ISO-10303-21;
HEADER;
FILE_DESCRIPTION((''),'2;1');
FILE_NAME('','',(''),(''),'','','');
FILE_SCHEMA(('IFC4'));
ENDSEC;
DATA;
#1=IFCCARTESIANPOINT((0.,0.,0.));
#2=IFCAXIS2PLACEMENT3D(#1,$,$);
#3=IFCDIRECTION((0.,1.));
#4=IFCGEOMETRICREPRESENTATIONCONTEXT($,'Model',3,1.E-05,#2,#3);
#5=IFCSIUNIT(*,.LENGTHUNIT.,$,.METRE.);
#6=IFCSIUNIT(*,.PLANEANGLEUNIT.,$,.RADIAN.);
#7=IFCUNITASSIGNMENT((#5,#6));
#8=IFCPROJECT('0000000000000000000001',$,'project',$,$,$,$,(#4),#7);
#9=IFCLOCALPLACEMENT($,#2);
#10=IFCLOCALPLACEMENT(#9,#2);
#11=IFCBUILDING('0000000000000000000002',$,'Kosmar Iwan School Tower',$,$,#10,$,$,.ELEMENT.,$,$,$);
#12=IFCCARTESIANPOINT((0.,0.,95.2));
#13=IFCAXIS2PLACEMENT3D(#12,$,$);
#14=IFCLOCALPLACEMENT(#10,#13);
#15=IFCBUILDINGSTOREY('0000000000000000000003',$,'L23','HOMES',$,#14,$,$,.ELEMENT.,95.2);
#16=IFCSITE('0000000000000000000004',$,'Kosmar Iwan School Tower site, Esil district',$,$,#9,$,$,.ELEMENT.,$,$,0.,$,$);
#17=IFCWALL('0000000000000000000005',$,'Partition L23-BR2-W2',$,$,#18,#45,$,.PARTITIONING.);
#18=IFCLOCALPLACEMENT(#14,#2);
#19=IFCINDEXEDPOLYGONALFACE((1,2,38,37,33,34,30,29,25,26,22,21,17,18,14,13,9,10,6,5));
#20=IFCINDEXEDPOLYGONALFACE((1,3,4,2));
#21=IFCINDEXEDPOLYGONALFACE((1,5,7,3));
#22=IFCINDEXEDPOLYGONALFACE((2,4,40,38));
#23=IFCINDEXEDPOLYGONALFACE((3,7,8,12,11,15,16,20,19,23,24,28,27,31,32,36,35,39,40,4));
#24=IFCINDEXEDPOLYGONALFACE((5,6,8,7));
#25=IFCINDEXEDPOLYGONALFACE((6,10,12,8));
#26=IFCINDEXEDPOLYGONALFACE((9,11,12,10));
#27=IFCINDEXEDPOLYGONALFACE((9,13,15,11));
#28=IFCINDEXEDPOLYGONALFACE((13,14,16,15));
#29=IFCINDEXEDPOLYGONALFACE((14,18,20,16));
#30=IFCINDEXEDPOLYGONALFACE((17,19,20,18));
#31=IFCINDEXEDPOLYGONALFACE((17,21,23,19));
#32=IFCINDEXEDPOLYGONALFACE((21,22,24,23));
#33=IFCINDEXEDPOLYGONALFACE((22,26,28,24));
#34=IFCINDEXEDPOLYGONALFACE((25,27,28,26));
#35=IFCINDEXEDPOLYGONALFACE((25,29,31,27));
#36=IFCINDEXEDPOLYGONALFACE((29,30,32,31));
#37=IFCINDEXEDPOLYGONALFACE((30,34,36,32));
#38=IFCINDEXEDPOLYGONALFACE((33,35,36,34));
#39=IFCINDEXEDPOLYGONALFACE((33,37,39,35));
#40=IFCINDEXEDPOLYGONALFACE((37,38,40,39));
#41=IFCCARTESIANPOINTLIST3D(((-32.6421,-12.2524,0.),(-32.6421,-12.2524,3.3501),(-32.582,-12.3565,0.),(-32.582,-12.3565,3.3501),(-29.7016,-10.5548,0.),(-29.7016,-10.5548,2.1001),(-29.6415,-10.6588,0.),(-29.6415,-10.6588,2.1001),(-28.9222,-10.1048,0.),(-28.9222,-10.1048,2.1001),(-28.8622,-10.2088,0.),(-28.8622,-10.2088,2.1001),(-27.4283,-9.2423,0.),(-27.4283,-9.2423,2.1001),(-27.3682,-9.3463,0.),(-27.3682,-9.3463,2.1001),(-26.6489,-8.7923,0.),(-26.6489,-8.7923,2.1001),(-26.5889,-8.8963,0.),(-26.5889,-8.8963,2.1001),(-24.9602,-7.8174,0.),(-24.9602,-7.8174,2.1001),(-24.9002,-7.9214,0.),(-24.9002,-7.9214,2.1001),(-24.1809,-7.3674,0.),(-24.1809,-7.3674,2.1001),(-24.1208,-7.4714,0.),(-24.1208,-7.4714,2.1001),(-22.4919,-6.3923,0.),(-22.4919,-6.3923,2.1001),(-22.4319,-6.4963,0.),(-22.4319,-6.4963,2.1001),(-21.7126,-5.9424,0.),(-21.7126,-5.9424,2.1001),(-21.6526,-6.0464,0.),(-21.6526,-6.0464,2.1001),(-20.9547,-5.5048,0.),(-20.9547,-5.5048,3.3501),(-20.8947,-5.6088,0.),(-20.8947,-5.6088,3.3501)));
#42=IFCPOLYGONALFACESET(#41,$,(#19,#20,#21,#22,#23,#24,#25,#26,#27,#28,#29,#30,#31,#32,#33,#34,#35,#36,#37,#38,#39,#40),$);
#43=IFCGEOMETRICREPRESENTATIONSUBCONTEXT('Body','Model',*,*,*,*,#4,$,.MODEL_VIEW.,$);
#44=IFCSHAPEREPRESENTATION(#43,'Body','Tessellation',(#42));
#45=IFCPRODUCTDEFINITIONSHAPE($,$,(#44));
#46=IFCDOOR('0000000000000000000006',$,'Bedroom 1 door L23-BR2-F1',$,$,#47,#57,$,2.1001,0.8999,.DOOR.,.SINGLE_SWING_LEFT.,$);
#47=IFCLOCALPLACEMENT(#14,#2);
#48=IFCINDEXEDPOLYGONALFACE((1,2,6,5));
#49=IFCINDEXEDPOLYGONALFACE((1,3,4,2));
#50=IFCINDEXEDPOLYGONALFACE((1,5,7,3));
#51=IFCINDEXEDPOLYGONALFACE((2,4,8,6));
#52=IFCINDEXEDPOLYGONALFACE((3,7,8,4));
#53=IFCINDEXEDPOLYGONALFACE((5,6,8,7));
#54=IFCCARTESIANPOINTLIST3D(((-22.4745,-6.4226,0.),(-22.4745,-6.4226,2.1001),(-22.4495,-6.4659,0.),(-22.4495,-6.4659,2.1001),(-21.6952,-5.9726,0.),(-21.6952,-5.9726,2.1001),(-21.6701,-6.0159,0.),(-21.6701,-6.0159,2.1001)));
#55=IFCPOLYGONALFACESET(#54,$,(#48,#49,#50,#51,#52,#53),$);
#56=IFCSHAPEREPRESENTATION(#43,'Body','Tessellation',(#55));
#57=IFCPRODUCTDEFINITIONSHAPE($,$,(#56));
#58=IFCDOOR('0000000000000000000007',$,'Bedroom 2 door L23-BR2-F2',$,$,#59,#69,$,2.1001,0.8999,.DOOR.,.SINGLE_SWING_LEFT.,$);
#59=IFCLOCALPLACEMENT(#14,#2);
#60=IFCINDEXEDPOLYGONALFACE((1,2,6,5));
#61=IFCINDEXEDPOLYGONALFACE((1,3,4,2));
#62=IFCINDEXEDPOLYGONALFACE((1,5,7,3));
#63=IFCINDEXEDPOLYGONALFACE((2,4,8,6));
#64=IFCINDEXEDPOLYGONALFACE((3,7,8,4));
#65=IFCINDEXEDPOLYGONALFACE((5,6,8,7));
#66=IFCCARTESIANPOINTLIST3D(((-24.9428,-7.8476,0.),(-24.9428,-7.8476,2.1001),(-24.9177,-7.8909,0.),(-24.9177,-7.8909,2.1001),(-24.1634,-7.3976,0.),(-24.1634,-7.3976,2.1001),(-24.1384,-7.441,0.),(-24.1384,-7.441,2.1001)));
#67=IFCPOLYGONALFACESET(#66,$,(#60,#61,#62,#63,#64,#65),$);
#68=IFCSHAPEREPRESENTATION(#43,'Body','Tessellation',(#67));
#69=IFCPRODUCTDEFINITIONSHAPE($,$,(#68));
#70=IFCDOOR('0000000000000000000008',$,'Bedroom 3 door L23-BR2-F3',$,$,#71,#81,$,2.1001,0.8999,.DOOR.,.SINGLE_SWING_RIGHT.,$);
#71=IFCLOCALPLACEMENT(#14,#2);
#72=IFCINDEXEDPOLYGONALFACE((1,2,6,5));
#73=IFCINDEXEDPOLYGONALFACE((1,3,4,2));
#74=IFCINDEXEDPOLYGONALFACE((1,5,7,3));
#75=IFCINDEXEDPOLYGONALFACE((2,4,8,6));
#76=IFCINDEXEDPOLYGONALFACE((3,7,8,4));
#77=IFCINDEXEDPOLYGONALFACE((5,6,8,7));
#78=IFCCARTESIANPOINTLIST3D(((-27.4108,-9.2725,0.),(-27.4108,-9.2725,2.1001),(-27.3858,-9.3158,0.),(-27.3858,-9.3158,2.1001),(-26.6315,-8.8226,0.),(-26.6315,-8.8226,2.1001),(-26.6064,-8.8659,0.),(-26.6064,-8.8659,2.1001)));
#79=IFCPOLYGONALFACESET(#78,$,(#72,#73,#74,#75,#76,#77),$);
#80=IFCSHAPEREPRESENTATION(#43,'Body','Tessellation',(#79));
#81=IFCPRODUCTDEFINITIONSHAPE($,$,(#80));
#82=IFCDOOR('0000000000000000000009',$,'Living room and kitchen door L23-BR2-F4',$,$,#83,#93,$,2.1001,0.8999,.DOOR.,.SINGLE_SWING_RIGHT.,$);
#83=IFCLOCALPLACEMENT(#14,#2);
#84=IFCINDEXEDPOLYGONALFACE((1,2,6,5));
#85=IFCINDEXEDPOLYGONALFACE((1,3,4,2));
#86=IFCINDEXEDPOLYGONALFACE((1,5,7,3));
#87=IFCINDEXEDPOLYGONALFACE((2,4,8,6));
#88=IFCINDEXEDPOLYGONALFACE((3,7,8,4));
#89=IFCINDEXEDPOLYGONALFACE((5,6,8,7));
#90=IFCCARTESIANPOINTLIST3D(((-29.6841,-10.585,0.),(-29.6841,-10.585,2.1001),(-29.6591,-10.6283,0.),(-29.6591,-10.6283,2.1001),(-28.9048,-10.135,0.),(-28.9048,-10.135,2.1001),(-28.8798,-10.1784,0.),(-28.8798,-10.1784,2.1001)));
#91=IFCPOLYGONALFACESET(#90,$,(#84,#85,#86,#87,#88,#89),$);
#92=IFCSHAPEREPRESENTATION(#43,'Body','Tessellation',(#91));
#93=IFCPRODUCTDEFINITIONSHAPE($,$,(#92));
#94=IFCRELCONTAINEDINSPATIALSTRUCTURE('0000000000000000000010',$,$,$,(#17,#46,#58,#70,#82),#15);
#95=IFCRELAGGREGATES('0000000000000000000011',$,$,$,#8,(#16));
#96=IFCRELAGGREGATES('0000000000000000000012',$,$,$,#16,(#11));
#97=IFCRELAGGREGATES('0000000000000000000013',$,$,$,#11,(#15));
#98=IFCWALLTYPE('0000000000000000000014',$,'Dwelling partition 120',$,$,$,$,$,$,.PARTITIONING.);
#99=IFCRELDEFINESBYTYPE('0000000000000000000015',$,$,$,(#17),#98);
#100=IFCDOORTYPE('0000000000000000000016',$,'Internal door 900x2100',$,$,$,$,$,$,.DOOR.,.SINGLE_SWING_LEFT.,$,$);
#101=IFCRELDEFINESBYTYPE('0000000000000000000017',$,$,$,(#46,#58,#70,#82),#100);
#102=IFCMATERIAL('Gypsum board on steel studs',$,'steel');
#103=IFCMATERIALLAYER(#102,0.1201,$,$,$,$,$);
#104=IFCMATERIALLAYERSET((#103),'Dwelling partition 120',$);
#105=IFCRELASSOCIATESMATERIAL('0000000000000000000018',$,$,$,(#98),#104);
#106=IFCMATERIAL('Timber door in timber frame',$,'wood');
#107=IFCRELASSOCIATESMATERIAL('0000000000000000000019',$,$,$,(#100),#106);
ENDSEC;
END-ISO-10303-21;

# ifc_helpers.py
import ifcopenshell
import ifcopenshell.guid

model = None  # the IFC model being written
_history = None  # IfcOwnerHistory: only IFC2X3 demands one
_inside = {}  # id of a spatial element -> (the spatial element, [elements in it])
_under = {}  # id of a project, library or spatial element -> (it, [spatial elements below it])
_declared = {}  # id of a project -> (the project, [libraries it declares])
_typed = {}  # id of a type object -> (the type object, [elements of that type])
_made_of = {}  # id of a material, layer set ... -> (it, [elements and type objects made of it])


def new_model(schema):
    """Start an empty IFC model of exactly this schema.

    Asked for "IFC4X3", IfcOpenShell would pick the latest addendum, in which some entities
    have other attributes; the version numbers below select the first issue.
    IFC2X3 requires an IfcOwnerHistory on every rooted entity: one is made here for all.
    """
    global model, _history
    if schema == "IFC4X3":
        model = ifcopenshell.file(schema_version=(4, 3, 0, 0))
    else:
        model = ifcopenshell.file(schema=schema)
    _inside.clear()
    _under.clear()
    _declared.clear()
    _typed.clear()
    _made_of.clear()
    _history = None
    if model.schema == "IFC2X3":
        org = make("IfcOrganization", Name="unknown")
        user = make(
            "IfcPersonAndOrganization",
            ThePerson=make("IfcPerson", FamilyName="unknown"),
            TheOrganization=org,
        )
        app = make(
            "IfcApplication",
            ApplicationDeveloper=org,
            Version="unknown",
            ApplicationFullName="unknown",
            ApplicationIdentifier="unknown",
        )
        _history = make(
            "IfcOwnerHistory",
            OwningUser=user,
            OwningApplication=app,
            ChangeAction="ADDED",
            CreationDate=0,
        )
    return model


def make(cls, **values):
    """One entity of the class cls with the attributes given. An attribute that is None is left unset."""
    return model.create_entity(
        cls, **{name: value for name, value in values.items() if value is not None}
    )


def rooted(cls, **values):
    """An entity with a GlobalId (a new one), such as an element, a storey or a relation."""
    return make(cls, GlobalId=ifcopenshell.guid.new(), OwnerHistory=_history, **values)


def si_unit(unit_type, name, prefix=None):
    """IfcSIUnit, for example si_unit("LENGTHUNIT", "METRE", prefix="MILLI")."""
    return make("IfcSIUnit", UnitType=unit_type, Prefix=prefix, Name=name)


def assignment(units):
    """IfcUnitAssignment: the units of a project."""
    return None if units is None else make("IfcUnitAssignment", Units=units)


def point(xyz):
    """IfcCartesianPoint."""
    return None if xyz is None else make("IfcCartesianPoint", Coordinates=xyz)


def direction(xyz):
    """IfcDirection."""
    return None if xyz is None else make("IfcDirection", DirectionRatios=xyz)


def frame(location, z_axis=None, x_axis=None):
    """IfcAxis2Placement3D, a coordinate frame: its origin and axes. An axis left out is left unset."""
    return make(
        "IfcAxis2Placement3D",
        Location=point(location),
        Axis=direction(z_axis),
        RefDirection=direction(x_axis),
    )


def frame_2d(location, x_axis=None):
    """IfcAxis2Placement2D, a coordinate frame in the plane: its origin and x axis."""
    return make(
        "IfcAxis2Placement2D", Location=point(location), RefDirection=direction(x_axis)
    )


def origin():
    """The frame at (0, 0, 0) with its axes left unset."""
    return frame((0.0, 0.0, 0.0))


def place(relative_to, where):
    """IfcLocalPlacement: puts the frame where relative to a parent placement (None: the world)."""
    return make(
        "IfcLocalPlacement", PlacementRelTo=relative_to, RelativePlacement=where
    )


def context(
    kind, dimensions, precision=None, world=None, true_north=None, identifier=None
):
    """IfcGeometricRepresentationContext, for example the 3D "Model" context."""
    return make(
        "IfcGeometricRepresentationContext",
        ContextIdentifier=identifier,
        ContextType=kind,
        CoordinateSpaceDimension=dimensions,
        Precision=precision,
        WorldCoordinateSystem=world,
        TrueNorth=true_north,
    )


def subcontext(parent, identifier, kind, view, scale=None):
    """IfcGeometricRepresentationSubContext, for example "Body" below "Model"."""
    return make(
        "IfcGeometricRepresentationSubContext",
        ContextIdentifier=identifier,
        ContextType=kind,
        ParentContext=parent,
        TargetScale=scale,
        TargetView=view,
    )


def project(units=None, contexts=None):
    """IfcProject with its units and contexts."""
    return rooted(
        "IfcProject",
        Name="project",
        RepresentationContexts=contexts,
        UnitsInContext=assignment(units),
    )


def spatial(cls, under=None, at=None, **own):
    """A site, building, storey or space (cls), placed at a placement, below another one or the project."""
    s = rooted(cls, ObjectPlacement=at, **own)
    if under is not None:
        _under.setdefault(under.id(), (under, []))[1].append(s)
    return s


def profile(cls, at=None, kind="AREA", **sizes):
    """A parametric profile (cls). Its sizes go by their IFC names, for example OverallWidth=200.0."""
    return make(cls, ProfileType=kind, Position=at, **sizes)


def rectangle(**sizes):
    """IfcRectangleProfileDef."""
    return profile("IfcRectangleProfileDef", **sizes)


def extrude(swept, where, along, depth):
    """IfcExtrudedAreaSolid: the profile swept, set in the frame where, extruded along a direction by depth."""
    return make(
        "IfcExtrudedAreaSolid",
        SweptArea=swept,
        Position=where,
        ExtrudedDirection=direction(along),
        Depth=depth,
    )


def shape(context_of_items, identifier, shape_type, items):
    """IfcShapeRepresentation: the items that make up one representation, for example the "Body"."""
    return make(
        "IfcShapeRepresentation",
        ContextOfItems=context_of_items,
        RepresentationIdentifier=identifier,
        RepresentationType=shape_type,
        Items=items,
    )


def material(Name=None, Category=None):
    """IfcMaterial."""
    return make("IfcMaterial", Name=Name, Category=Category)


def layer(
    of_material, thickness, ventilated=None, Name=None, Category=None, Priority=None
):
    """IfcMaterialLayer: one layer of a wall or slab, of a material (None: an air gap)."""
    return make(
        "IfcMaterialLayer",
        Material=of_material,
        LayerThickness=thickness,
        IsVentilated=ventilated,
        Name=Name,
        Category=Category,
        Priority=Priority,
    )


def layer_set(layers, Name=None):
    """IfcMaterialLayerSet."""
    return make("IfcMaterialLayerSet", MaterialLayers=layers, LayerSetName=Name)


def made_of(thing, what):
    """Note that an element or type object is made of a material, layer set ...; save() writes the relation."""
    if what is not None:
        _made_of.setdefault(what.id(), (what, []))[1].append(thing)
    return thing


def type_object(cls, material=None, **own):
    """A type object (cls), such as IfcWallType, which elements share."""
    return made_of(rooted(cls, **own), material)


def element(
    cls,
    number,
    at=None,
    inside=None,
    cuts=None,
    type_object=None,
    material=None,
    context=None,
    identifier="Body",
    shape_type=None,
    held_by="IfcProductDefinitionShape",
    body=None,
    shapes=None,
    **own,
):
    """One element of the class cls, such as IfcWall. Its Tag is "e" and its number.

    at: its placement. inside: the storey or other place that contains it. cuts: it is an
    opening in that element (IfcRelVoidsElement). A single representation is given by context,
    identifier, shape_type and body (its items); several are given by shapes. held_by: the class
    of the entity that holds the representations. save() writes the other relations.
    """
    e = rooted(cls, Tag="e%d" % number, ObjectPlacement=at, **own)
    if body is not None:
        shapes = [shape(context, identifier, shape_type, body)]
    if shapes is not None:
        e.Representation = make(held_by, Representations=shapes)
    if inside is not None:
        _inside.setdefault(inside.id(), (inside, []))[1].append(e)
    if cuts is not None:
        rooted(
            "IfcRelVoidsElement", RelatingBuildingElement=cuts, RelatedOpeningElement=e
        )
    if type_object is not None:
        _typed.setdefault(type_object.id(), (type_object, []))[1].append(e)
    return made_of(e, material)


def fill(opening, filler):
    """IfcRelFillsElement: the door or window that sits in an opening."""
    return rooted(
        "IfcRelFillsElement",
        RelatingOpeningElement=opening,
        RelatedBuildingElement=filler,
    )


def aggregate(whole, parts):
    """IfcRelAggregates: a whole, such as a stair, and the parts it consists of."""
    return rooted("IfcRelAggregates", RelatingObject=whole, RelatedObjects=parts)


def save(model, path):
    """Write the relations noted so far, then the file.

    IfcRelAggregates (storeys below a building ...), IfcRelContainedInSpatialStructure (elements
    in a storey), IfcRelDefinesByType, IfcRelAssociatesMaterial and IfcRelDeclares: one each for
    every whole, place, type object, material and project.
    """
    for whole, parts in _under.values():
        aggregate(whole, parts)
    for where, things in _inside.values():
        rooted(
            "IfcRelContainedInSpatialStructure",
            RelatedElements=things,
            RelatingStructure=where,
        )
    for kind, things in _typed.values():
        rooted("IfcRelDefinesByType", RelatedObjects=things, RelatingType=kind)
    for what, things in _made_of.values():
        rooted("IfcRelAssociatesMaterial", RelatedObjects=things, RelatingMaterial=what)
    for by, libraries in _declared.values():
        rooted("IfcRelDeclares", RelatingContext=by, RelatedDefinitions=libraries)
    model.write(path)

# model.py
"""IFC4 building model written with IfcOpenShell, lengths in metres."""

from ifc_helpers import new_model, si_unit, direction, frame, frame_2d, origin, place, context, subcontext, project, spatial, rectangle, extrude, material, layer, layer_set, type_object, element, fill, save


model = new_model("IFC4")

# Units and contexts
model_context = context("Model", 3, precision=1e-05, world=origin(), true_north=direction((0.0, 1.0)))
body_context = subcontext(model_context, "Body", "Model", "MODEL_VIEW")
ifc_project = project(units=[si_unit("LENGTHUNIT", "METRE"), si_unit("PLANEANGLEUNIT", "RADIAN")], contexts=[model_context])

# Site, building, storey
site_placement = place(None, origin())
site = spatial("IfcSite", under=ifc_project, at=site_placement, Name="Kosmar Iwan School Tower site, Esil district", CompositionType="ELEMENT", RefElevation=0.0)
building_placement = place(site_placement, origin())
building = spatial("IfcBuilding", under=site, at=building_placement, Name="Kosmar Iwan School Tower", CompositionType="ELEMENT")
storey_placement = place(building_placement, frame((0.0, 0.0, 95.2)))
storey = spatial("IfcBuildingStorey", under=building, at=storey_placement, Name="L23", Description="HOMES", CompositionType="ELEMENT", Elevation=95.2)

# Shared definitions
ifc_material_1 = material(Name="Gypsum board on steel studs", Category="steel")
ifc_layer = layer(ifc_material_1, 0.1201)
ifc_layer_set = layer_set([ifc_layer], Name="Dwelling partition 120")
wall_type = type_object("IfcWallType", Name="Dwelling partition 120", PredefinedType="PARTITIONING", material=ifc_layer_set)

# Wall, openings, doors
wall_1_placement = place(storey_placement, frame((-20.9248, -5.5569, 0.0), z_axis=(0.0, 0.0, 1.0), x_axis=(-0.866028, -0.499995, 0.0)))
wall_1 = element("IfcWall", 1, at=wall_1_placement, inside=storey, type_object=wall_type, Name="Partition L23-BR2-W2", PredefinedType="PARTITIONING", context=body_context, shape_type="SweptSolid", body=[
    extrude(rectangle(XDim=13.4954, YDim=0.1201, at=frame_2d((6.7476, 0.0))), origin(), (0.0, 0.0, 1.0), 3.3501),
])
opening_1_placement = place(wall_1_placement, frame((0.875, 0.0, 0.0)))
opening_1 = element("IfcOpeningElement", 2, at=opening_1_placement, cuts=wall_1, PredefinedType="OPENING", context=body_context, shape_type="SweptSolid", body=[
    extrude(rectangle(XDim=0.8999, YDim=2.1001, at=frame_2d((0.45, 1.05))), frame((0.0, 0.072, 0.0), z_axis=(0.0, -1.0, 0.0), x_axis=(1.0, 0.0, 0.0)), (0.0, 0.0, 1.0), 0.144),
])
opening_2_placement = place(wall_1_placement, frame((3.7251, 0.0, 0.0)))
opening_2 = element("IfcOpeningElement", 3, at=opening_2_placement, cuts=wall_1, PredefinedType="OPENING", context=body_context, shape_type="SweptSolid", body=[
    extrude(rectangle(XDim=0.8999, YDim=2.1001, at=frame_2d((0.45, 1.05))), frame((0.0, 0.072, 0.0), z_axis=(0.0, -1.0, 0.0), x_axis=(1.0, 0.0, 0.0)), (0.0, 0.0, 1.0), 0.144),
])
opening_3_placement = place(wall_1_placement, frame((6.575, 0.0, 0.0)))
opening_3 = element("IfcOpeningElement", 4, at=opening_3_placement, cuts=wall_1, PredefinedType="OPENING", context=body_context, shape_type="SweptSolid", body=[
    extrude(rectangle(XDim=0.8999, YDim=2.1001, at=frame_2d((0.45, 1.05))), frame((0.0, 0.072, 0.0), z_axis=(0.0, -1.0, 0.0), x_axis=(1.0, 0.0, 0.0)), (0.0, 0.0, 1.0), 0.144),
])
opening_4_placement = place(wall_1_placement, frame((9.2, 0.0, 0.0)))
opening_4 = element("IfcOpeningElement", 5, at=opening_4_placement, cuts=wall_1, PredefinedType="OPENING", context=body_context, shape_type="SweptSolid", body=[
    extrude(rectangle(XDim=0.8999, YDim=2.1001, at=frame_2d((0.45, 1.05))), frame((0.0, 0.072, 0.0), z_axis=(0.0, -1.0, 0.0), x_axis=(1.0, 0.0, 0.0)), (0.0, 0.0, 1.0), 0.144),
])
ifc_material_2 = material(Name="Timber door in timber frame", Category="wood")
door_type = type_object("IfcDoorType", Name="Internal door 900x2100", OperationType="SINGLE_SWING_LEFT", PredefinedType="DOOR", material=ifc_material_2)
door_1_placement = place(opening_1_placement, origin())
door_1 = element("IfcDoor", 6, at=door_1_placement, inside=storey, type_object=door_type, Name="Bedroom 1 door L23-BR2-F1", OperationType="SINGLE_SWING_LEFT", OverallHeight=2.1001, OverallWidth=0.8999, PredefinedType="DOOR", context=body_context, shape_type="SweptSolid", body=[
    extrude(rectangle(XDim=0.8999, YDim=2.1001, at=frame_2d((0.45, 1.05))), frame((0.0, 0.0249, 0.0), z_axis=(0.0, -1.0, 0.0), x_axis=(1.0, 0.0, 0.0)), (0.0, 0.0, 1.0), 0.05),
])
fill(opening_1, door_1)
door_2_placement = place(opening_2_placement, origin())
door_2 = element("IfcDoor", 7, at=door_2_placement, inside=storey, type_object=door_type, Name="Bedroom 2 door L23-BR2-F2", OperationType="SINGLE_SWING_LEFT", OverallHeight=2.1001, OverallWidth=0.8999, PredefinedType="DOOR", context=body_context, shape_type="SweptSolid", body=[
    extrude(rectangle(XDim=0.8999, YDim=2.1001, at=frame_2d((0.45, 1.05))), frame((0.0, 0.0249, 0.0), z_axis=(0.0, -1.0, 0.0), x_axis=(1.0, 0.0, 0.0)), (0.0, 0.0, 1.0), 0.05),
])
fill(opening_2, door_2)
door_3_placement = place(opening_3_placement, origin())
door_3 = element("IfcDoor", 8, at=door_3_placement, inside=storey, type_object=door_type, Name="Bedroom 3 door L23-BR2-F3", OperationType="SINGLE_SWING_RIGHT", OverallHeight=2.1001, OverallWidth=0.8999, PredefinedType="DOOR", context=body_context, shape_type="SweptSolid", body=[
    extrude(rectangle(XDim=0.8999, YDim=2.1001, at=frame_2d((0.45, 1.05))), frame((0.0, 0.0249, 0.0), z_axis=(0.0, -1.0, 0.0), x_axis=(1.0, 0.0, 0.0)), (0.0, 0.0, 1.0), 0.05),
])
fill(opening_3, door_3)
door_4_placement = place(opening_4_placement, origin())
door_4 = element("IfcDoor", 9, at=door_4_placement, inside=storey, type_object=door_type, Name="Living room and kitchen door L23-BR2-F4", OperationType="SINGLE_SWING_RIGHT", OverallHeight=2.1001, OverallWidth=0.8999, PredefinedType="DOOR", context=body_context, shape_type="SweptSolid", body=[
    extrude(rectangle(XDim=0.8999, YDim=2.1001, at=frame_2d((0.45, 1.05))), frame((0.0, 0.0249, 0.0), z_axis=(0.0, -1.0, 0.0), x_axis=(1.0, 0.0, 0.0)), (0.0, 0.0, 1.0), 0.05),
])
fill(opening_4, door_4)

save(model, "model.ifc")
